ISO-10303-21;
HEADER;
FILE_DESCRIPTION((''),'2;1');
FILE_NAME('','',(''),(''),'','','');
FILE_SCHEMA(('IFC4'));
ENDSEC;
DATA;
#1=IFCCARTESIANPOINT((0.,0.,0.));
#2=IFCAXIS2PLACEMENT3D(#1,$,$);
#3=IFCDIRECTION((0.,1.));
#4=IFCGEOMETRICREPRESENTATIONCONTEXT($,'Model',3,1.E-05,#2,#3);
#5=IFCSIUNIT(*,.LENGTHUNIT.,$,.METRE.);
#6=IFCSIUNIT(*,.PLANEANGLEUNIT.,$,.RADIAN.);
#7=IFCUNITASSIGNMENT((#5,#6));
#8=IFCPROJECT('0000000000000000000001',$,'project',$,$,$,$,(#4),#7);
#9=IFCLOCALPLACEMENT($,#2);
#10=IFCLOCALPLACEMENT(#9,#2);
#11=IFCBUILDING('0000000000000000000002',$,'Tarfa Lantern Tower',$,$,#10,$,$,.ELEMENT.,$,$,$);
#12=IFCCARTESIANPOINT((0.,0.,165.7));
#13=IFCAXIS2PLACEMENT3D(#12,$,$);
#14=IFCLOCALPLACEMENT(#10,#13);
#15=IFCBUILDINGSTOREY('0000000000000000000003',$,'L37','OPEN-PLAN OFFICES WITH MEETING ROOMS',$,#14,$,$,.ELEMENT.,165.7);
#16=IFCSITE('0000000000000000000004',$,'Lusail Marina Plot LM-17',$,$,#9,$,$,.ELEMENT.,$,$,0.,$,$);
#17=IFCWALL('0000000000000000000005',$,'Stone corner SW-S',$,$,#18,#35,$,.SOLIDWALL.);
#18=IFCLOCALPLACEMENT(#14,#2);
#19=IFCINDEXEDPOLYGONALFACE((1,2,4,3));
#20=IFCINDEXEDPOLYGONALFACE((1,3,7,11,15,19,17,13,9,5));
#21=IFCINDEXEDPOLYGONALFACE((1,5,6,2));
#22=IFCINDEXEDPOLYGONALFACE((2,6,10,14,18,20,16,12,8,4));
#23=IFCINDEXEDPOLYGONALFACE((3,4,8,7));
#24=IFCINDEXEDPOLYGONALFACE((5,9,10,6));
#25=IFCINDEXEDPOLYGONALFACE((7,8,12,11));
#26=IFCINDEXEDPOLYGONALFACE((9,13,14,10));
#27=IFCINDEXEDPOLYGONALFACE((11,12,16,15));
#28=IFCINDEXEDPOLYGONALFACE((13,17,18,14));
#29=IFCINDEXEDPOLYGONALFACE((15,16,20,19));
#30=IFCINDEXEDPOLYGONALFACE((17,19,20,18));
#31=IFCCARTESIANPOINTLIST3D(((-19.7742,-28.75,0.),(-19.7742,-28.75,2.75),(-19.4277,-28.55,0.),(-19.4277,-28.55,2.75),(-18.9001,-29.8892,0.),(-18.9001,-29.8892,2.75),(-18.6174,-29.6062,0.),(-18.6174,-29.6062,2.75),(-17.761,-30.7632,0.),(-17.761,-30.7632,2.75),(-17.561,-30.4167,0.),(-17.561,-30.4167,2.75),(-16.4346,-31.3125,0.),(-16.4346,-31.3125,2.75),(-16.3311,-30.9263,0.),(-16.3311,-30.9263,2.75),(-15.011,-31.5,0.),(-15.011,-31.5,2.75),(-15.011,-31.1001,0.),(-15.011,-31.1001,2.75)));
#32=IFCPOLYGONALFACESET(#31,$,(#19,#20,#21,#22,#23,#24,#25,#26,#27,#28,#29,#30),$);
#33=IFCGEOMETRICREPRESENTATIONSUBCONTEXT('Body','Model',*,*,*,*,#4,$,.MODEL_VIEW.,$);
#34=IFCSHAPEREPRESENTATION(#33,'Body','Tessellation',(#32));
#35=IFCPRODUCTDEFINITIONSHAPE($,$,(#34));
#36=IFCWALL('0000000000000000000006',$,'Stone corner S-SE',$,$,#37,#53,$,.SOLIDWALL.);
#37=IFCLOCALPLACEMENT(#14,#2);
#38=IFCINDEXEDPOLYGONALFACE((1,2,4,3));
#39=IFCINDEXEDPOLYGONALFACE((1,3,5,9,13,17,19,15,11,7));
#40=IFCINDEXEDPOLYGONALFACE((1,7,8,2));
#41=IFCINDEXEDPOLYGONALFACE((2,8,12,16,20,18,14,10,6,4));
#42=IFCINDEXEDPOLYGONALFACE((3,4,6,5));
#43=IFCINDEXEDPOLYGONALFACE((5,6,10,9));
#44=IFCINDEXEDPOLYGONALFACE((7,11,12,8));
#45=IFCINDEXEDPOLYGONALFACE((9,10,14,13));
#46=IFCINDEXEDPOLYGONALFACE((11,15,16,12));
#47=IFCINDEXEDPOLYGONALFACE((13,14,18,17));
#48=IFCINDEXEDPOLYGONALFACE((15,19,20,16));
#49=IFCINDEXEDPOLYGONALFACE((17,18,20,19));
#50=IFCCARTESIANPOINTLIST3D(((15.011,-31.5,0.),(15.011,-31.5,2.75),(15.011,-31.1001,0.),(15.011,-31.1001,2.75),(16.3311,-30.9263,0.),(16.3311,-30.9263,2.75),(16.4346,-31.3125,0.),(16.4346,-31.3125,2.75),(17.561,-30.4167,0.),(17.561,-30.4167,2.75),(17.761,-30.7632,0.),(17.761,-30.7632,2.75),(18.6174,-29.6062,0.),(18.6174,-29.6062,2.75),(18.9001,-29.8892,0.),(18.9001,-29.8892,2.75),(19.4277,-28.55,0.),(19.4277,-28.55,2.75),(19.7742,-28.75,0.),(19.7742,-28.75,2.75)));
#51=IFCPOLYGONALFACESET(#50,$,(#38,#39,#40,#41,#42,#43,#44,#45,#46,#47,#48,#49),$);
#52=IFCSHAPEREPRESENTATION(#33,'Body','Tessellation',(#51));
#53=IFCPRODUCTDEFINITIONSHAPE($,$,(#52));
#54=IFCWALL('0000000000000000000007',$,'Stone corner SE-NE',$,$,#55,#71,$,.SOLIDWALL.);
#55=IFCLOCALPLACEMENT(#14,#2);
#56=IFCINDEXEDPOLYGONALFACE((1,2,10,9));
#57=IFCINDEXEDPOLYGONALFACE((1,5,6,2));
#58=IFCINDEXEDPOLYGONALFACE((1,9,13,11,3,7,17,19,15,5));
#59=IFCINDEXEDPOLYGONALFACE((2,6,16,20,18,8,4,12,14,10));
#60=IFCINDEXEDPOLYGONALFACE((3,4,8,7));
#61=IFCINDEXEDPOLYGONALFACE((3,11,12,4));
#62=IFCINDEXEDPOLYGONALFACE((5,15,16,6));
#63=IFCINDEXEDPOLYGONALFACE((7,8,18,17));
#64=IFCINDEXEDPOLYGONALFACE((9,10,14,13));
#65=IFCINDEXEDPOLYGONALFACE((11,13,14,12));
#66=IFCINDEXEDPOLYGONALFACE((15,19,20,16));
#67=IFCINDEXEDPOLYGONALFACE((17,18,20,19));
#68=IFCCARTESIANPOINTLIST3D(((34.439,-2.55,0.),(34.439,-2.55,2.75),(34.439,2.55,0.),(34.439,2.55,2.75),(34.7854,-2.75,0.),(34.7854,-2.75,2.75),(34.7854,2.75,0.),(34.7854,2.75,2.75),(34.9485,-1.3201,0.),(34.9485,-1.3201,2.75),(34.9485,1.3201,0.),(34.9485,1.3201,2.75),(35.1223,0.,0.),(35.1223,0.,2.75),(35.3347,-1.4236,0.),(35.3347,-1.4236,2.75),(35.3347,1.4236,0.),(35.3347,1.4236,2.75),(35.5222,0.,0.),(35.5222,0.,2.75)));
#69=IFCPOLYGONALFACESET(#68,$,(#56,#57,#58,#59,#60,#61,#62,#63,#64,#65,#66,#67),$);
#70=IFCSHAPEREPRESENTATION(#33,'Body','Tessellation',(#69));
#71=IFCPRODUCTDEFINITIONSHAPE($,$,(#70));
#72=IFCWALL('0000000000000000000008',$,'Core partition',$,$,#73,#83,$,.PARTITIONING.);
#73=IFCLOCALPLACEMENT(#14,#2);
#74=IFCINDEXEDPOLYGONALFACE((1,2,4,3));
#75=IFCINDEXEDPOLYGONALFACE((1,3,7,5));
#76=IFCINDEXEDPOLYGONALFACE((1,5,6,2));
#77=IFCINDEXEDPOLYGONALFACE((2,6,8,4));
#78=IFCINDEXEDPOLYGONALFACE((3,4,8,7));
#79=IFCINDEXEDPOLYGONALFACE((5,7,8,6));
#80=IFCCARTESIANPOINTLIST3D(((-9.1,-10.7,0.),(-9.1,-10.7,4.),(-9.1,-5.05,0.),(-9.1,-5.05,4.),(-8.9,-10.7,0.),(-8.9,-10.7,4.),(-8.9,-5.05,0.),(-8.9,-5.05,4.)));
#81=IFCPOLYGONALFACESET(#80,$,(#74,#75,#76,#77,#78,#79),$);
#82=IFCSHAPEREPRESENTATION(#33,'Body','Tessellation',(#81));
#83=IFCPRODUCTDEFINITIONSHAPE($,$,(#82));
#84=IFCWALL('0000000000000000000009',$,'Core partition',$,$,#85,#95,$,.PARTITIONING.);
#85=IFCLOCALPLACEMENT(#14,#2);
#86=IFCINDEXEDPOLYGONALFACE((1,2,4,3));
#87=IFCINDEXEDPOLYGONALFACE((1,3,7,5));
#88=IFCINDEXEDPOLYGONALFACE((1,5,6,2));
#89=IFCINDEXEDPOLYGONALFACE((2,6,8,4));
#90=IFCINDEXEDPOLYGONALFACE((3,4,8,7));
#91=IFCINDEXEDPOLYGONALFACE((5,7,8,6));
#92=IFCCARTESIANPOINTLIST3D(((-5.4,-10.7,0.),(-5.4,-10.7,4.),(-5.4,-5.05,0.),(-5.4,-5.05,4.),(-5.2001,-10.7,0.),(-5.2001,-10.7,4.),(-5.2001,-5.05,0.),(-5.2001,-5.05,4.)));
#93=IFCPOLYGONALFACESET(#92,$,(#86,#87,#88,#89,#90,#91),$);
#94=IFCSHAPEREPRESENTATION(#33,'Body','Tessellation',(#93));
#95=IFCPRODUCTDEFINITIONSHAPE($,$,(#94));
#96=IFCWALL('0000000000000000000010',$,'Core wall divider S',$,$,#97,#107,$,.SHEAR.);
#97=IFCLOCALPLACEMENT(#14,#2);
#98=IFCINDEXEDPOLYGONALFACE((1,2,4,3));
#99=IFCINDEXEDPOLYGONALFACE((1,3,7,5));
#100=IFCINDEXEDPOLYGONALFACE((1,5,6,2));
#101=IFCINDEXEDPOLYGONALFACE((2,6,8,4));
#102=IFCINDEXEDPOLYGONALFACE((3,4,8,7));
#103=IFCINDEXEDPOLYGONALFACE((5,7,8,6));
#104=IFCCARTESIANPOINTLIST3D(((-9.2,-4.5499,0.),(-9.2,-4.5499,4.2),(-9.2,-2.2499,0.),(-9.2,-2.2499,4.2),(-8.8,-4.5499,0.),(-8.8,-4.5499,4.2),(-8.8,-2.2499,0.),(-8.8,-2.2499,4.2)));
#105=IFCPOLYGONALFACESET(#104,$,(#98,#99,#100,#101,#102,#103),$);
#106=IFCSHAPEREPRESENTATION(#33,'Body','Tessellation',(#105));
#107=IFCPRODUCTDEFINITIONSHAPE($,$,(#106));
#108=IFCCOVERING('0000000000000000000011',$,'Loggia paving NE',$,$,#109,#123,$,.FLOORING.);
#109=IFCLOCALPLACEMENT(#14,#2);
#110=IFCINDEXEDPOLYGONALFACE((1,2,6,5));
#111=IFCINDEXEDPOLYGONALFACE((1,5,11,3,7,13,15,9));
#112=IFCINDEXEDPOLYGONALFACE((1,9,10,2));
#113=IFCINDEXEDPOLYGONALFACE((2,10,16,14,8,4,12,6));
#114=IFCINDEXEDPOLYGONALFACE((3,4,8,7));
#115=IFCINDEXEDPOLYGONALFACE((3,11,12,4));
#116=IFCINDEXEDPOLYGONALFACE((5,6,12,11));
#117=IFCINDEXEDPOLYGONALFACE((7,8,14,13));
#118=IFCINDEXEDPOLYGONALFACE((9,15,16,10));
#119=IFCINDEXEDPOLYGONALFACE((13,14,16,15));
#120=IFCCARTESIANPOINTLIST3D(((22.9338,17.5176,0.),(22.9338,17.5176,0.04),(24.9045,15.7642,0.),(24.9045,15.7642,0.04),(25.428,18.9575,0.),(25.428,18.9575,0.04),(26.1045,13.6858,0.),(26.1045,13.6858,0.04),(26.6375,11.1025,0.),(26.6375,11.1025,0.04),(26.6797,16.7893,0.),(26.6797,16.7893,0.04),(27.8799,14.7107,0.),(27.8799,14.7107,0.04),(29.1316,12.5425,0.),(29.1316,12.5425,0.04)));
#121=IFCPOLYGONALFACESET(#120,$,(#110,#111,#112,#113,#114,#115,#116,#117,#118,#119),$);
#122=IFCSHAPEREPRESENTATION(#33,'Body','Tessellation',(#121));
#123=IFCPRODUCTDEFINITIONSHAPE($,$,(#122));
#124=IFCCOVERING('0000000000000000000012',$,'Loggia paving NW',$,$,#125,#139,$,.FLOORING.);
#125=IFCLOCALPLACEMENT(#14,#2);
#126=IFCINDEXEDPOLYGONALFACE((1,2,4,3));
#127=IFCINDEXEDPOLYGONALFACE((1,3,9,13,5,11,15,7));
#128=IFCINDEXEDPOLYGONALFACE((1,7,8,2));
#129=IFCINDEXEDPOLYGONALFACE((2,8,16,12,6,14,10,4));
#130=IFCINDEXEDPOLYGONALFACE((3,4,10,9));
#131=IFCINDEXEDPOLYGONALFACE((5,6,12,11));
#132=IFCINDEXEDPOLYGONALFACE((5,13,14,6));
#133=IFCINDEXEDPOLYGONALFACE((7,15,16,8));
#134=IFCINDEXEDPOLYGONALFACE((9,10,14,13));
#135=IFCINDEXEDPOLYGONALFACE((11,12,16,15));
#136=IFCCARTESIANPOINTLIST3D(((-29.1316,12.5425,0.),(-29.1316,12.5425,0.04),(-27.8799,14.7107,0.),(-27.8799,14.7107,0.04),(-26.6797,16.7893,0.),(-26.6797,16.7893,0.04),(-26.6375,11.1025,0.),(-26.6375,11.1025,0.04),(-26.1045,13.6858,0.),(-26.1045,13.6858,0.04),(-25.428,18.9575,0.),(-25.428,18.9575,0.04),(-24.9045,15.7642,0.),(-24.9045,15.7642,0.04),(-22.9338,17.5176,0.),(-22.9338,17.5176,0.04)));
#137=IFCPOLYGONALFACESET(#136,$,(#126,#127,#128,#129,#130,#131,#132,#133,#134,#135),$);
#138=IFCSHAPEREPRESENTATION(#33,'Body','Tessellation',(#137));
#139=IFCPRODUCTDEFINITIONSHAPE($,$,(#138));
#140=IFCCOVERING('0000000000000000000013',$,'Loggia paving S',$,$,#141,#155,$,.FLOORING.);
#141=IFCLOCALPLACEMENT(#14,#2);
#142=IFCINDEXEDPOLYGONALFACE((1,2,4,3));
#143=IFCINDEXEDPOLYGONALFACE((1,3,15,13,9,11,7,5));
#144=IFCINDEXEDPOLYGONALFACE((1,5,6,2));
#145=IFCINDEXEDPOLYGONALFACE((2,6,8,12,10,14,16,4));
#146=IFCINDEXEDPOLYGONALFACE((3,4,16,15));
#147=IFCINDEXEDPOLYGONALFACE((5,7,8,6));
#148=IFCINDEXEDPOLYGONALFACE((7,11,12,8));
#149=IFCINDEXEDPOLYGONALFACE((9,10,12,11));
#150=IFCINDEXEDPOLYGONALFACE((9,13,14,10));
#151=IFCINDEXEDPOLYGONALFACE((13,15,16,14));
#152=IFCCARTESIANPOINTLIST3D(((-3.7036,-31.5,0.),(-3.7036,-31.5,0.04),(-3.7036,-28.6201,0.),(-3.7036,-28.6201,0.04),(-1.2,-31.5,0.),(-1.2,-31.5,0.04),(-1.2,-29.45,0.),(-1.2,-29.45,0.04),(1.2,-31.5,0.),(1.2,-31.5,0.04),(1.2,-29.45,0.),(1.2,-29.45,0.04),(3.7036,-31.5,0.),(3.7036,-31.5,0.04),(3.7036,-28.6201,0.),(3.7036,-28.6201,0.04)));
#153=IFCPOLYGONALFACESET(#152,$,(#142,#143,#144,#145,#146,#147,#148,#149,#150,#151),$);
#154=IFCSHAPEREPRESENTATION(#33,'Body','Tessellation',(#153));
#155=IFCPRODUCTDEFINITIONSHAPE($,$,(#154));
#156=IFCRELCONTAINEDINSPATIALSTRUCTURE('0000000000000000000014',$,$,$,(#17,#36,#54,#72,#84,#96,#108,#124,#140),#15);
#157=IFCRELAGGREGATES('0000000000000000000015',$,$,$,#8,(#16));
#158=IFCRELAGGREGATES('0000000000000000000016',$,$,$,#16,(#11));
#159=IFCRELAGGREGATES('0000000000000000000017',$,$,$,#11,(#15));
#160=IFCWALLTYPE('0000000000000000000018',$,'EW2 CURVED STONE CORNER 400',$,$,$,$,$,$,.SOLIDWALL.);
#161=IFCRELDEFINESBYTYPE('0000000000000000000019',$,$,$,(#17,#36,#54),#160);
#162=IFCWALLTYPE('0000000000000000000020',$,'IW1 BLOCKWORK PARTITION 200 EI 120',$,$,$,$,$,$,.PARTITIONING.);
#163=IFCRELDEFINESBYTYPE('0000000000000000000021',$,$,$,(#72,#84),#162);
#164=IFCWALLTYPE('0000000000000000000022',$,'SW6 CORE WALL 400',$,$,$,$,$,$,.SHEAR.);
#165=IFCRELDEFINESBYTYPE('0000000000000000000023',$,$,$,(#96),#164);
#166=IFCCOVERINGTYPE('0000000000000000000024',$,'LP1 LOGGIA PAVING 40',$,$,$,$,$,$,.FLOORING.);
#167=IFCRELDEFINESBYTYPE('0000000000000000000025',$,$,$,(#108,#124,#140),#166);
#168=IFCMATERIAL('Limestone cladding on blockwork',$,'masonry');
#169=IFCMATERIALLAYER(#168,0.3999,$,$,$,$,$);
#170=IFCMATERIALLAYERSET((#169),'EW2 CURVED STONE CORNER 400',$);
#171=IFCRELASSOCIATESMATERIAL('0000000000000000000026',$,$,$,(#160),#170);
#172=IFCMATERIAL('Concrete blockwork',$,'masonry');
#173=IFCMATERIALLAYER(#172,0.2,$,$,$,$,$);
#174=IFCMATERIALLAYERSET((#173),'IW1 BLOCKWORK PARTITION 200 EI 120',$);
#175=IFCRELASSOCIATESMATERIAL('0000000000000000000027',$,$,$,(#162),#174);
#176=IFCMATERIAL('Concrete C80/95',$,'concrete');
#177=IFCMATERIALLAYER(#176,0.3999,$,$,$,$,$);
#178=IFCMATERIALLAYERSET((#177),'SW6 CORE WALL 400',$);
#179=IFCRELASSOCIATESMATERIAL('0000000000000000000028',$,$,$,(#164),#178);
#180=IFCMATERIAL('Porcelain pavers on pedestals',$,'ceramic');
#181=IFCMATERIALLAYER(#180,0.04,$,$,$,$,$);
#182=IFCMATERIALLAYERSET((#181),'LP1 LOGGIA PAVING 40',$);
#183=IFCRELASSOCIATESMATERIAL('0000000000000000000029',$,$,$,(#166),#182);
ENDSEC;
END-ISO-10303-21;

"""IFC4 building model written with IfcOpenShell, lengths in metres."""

from ifc_helpers import new_model, si_unit, direction, frame, frame_2d, origin, place, context, subcontext, project, spatial, polyline, rectangle, outline, extrude, material, layer, layer_set, type_object, element, save


model = new_model("IFC4")

# Units and contexts
model_context = context("Model", 3, precision=1e-05, world=origin(), true_north=direction((0.0, 1.0)))
body_context = subcontext(model_context, "Body", "Model", "MODEL_VIEW")
ifc_project = project(units=[si_unit("LENGTHUNIT", "METRE"), si_unit("PLANEANGLEUNIT", "RADIAN")], contexts=[model_context])

# Site, building, storey
site_placement = place(None, origin())
site = spatial("IfcSite", under=ifc_project, at=site_placement, Name="Lusail Marina Plot LM-17", CompositionType="ELEMENT", RefElevation=0.0)
building_placement = place(site_placement, origin())
building = spatial("IfcBuilding", under=site, at=building_placement, Name="Tarfa Lantern Tower", CompositionType="ELEMENT")
storey_placement = place(building_placement, frame((0.0, 0.0, 165.7)))
storey = spatial("IfcBuildingStorey", under=building, at=storey_placement, Name="L37", Description="OPEN-PLAN OFFICES WITH MEETING ROOMS", CompositionType="ELEMENT", Elevation=165.7)

# Walls
ifc_material_1 = material(Name="Limestone cladding on blockwork", Category="masonry")
ifc_layer_1 = layer(ifc_material_1, 0.3999)
ifc_layer_set_1 = layer_set([ifc_layer_1], Name="EW2 CURVED STONE CORNER 400")
wall_type_1 = type_object("IfcWallType", Name="EW2 CURVED STONE CORNER 400", PredefinedType="SOLIDWALL", material=ifc_layer_set_1)
wall_1_placement = place(storey_placement, origin())
element("IfcWall", 1, at=wall_1_placement, inside=storey, type_object=wall_type_1, Name="Stone corner SW-S", PredefinedType="SOLIDWALL", context=body_context, shape_type="SweptSolid", body=[
    extrude(outline(polyline([(-19.7742, -28.75), (-18.9001, -29.8892), (-17.761, -30.7632), (-16.4346, -31.3125), (-15.011, -31.5), (-15.011, -31.1001), (-16.3311, -30.9263), (-17.561, -30.4167), (-18.6174, -29.6062), (-19.4277, -28.55), (-19.7742, -28.75)])), origin(), (0.0, 0.0, 1.0), 2.75),
])
wall_2_placement = place(storey_placement, origin())
element("IfcWall", 2, at=wall_2_placement, inside=storey, type_object=wall_type_1, Name="Stone corner S-SE", PredefinedType="SOLIDWALL", context=body_context, shape_type="SweptSolid", body=[
    extrude(outline(polyline([(15.011, -31.5), (16.4346, -31.3125), (17.761, -30.7632), (18.9001, -29.8892), (19.7742, -28.75), (19.4277, -28.55), (18.6174, -29.6062), (17.561, -30.4167), (16.3311, -30.9263), (15.011, -31.1001), (15.011, -31.5)])), origin(), (0.0, 0.0, 1.0), 2.75),
])
wall_3_placement = place(storey_placement, origin())
element("IfcWall", 3, at=wall_3_placement, inside=storey, type_object=wall_type_1, Name="Stone corner SE-NE", PredefinedType="SOLIDWALL", context=body_context, shape_type="SweptSolid", body=[
    extrude(outline(polyline([(34.7854, -2.75), (35.3347, -1.4236), (35.5222, 0.0), (35.3347, 1.4236), (34.7854, 2.75), (34.439, 2.55), (34.9485, 1.3201), (35.1223, 0.0), (34.9485, -1.3201), (34.439, -2.55), (34.7854, -2.75)])), origin(), (0.0, 0.0, 1.0), 2.75),
])
ifc_material_2 = material(Name="Concrete blockwork", Category="masonry")
ifc_layer_2 = layer(ifc_material_2, 0.2)
ifc_layer_set_2 = layer_set([ifc_layer_2], Name="IW1 BLOCKWORK PARTITION 200 EI 120")
wall_type_2 = type_object("IfcWallType", Name="IW1 BLOCKWORK PARTITION 200 EI 120", PredefinedType="PARTITIONING", material=ifc_layer_set_2)
for number, where, z_axis, x_axis, name in (
    (4, (-9.0, -5.05, 0.0), (0.0, 0.0, 1.0), (0.0, -1.0, 0.0), "Core partition"),
    (5, (-5.3, -5.05, 0.0), (0.0, 0.0, 1.0), (0.0, -1.0, 0.0), "Core partition"),
):
    element("IfcWall", number, at=place(storey_placement, frame(where, z_axis=z_axis, x_axis=x_axis)), inside=storey, type_object=wall_type_2, Name=name, PredefinedType="PARTITIONING", context=body_context, shape_type="SweptSolid", body=[
        extrude(rectangle(XDim=5.6499, YDim=0.2, at=frame_2d((2.825, 0.0))), origin(), (0.0, 0.0, 1.0), 4.0),
    ])
ifc_material_3 = material(Name="Concrete C80/95", Category="concrete")
ifc_layer_3 = layer(ifc_material_3, 0.3999)
ifc_layer_set_3 = layer_set([ifc_layer_3], Name="SW6 CORE WALL 400")
wall_type_3 = type_object("IfcWallType", Name="SW6 CORE WALL 400", PredefinedType="SHEAR", material=ifc_layer_set_3)
wall_4_placement = place(storey_placement, frame((-9.0, -2.25, 0.0), z_axis=(0.0, 0.0, 1.0), x_axis=(0.0, -1.0, 0.0)))
element("IfcWall", 6, at=wall_4_placement, inside=storey, type_object=wall_type_3, Name="Core wall divider S", PredefinedType="SHEAR", context=body_context, shape_type="SweptSolid", body=[
    extrude(rectangle(XDim=2.3, YDim=0.3999, at=frame_2d((1.1499, 0.0))), origin(), (0.0, 0.0, 1.0), 4.2),
])

# Coverings
ifc_material_4 = material(Name="Porcelain pavers on pedestals", Category="ceramic")
ifc_layer_4 = layer(ifc_material_4, 0.04)
ifc_layer_set_4 = layer_set([ifc_layer_4], Name="LP1 LOGGIA PAVING 40")
covering_type = type_object("IfcCoveringType", Name="LP1 LOGGIA PAVING 40", PredefinedType="FLOORING", material=ifc_layer_set_4)
covering_1_placement = place(storey_placement, origin())
element("IfcCovering", 7, at=covering_1_placement, inside=storey, type_object=covering_type, Name="Loggia paving NE", PredefinedType="FLOORING", context=body_context, shape_type="SweptSolid", body=[
    extrude(outline(polyline([(29.1316, 12.5425), (26.6375, 11.1025), (22.9338, 17.5176), (25.428, 18.9575), (26.6797, 16.7893), (24.9045, 15.7642), (26.1045, 13.6858), (27.8799, 14.7107), (29.1316, 12.5425)])), origin(), (0.0, 0.0, 1.0), 0.04),
])
covering_2_placement = place(storey_placement, origin())
element("IfcCovering", 8, at=covering_2_placement, inside=storey, type_object=covering_type, Name="Loggia paving NW", PredefinedType="FLOORING", context=body_context, shape_type="SweptSolid", body=[
    extrude(outline(polyline([(-25.428, 18.9575), (-22.9338, 17.5176), (-26.6375, 11.1025), (-29.1316, 12.5425), (-27.8799, 14.7107), (-26.1045, 13.6858), (-24.9045, 15.7642), (-26.6797, 16.7893), (-25.428, 18.9575)])), origin(), (0.0, 0.0, 1.0), 0.04),
])
covering_3_placement = place(storey_placement, origin())
element("IfcCovering", 9, at=covering_3_placement, inside=storey, type_object=covering_type, Name="Loggia paving S", PredefinedType="FLOORING", context=body_context, shape_type="SweptSolid", body=[
    extrude(outline(polyline([(-3.7036, -31.5), (-3.7036, -28.6201), (3.7036, -28.6201), (3.7036, -31.5), (1.2, -31.5), (1.2, -29.45), (-1.2, -29.45), (-1.2, -31.5), (-3.7036, -31.5)])), origin(), (0.0, 0.0, 1.0), 0.04),
])

save(model, "model.ifc")
